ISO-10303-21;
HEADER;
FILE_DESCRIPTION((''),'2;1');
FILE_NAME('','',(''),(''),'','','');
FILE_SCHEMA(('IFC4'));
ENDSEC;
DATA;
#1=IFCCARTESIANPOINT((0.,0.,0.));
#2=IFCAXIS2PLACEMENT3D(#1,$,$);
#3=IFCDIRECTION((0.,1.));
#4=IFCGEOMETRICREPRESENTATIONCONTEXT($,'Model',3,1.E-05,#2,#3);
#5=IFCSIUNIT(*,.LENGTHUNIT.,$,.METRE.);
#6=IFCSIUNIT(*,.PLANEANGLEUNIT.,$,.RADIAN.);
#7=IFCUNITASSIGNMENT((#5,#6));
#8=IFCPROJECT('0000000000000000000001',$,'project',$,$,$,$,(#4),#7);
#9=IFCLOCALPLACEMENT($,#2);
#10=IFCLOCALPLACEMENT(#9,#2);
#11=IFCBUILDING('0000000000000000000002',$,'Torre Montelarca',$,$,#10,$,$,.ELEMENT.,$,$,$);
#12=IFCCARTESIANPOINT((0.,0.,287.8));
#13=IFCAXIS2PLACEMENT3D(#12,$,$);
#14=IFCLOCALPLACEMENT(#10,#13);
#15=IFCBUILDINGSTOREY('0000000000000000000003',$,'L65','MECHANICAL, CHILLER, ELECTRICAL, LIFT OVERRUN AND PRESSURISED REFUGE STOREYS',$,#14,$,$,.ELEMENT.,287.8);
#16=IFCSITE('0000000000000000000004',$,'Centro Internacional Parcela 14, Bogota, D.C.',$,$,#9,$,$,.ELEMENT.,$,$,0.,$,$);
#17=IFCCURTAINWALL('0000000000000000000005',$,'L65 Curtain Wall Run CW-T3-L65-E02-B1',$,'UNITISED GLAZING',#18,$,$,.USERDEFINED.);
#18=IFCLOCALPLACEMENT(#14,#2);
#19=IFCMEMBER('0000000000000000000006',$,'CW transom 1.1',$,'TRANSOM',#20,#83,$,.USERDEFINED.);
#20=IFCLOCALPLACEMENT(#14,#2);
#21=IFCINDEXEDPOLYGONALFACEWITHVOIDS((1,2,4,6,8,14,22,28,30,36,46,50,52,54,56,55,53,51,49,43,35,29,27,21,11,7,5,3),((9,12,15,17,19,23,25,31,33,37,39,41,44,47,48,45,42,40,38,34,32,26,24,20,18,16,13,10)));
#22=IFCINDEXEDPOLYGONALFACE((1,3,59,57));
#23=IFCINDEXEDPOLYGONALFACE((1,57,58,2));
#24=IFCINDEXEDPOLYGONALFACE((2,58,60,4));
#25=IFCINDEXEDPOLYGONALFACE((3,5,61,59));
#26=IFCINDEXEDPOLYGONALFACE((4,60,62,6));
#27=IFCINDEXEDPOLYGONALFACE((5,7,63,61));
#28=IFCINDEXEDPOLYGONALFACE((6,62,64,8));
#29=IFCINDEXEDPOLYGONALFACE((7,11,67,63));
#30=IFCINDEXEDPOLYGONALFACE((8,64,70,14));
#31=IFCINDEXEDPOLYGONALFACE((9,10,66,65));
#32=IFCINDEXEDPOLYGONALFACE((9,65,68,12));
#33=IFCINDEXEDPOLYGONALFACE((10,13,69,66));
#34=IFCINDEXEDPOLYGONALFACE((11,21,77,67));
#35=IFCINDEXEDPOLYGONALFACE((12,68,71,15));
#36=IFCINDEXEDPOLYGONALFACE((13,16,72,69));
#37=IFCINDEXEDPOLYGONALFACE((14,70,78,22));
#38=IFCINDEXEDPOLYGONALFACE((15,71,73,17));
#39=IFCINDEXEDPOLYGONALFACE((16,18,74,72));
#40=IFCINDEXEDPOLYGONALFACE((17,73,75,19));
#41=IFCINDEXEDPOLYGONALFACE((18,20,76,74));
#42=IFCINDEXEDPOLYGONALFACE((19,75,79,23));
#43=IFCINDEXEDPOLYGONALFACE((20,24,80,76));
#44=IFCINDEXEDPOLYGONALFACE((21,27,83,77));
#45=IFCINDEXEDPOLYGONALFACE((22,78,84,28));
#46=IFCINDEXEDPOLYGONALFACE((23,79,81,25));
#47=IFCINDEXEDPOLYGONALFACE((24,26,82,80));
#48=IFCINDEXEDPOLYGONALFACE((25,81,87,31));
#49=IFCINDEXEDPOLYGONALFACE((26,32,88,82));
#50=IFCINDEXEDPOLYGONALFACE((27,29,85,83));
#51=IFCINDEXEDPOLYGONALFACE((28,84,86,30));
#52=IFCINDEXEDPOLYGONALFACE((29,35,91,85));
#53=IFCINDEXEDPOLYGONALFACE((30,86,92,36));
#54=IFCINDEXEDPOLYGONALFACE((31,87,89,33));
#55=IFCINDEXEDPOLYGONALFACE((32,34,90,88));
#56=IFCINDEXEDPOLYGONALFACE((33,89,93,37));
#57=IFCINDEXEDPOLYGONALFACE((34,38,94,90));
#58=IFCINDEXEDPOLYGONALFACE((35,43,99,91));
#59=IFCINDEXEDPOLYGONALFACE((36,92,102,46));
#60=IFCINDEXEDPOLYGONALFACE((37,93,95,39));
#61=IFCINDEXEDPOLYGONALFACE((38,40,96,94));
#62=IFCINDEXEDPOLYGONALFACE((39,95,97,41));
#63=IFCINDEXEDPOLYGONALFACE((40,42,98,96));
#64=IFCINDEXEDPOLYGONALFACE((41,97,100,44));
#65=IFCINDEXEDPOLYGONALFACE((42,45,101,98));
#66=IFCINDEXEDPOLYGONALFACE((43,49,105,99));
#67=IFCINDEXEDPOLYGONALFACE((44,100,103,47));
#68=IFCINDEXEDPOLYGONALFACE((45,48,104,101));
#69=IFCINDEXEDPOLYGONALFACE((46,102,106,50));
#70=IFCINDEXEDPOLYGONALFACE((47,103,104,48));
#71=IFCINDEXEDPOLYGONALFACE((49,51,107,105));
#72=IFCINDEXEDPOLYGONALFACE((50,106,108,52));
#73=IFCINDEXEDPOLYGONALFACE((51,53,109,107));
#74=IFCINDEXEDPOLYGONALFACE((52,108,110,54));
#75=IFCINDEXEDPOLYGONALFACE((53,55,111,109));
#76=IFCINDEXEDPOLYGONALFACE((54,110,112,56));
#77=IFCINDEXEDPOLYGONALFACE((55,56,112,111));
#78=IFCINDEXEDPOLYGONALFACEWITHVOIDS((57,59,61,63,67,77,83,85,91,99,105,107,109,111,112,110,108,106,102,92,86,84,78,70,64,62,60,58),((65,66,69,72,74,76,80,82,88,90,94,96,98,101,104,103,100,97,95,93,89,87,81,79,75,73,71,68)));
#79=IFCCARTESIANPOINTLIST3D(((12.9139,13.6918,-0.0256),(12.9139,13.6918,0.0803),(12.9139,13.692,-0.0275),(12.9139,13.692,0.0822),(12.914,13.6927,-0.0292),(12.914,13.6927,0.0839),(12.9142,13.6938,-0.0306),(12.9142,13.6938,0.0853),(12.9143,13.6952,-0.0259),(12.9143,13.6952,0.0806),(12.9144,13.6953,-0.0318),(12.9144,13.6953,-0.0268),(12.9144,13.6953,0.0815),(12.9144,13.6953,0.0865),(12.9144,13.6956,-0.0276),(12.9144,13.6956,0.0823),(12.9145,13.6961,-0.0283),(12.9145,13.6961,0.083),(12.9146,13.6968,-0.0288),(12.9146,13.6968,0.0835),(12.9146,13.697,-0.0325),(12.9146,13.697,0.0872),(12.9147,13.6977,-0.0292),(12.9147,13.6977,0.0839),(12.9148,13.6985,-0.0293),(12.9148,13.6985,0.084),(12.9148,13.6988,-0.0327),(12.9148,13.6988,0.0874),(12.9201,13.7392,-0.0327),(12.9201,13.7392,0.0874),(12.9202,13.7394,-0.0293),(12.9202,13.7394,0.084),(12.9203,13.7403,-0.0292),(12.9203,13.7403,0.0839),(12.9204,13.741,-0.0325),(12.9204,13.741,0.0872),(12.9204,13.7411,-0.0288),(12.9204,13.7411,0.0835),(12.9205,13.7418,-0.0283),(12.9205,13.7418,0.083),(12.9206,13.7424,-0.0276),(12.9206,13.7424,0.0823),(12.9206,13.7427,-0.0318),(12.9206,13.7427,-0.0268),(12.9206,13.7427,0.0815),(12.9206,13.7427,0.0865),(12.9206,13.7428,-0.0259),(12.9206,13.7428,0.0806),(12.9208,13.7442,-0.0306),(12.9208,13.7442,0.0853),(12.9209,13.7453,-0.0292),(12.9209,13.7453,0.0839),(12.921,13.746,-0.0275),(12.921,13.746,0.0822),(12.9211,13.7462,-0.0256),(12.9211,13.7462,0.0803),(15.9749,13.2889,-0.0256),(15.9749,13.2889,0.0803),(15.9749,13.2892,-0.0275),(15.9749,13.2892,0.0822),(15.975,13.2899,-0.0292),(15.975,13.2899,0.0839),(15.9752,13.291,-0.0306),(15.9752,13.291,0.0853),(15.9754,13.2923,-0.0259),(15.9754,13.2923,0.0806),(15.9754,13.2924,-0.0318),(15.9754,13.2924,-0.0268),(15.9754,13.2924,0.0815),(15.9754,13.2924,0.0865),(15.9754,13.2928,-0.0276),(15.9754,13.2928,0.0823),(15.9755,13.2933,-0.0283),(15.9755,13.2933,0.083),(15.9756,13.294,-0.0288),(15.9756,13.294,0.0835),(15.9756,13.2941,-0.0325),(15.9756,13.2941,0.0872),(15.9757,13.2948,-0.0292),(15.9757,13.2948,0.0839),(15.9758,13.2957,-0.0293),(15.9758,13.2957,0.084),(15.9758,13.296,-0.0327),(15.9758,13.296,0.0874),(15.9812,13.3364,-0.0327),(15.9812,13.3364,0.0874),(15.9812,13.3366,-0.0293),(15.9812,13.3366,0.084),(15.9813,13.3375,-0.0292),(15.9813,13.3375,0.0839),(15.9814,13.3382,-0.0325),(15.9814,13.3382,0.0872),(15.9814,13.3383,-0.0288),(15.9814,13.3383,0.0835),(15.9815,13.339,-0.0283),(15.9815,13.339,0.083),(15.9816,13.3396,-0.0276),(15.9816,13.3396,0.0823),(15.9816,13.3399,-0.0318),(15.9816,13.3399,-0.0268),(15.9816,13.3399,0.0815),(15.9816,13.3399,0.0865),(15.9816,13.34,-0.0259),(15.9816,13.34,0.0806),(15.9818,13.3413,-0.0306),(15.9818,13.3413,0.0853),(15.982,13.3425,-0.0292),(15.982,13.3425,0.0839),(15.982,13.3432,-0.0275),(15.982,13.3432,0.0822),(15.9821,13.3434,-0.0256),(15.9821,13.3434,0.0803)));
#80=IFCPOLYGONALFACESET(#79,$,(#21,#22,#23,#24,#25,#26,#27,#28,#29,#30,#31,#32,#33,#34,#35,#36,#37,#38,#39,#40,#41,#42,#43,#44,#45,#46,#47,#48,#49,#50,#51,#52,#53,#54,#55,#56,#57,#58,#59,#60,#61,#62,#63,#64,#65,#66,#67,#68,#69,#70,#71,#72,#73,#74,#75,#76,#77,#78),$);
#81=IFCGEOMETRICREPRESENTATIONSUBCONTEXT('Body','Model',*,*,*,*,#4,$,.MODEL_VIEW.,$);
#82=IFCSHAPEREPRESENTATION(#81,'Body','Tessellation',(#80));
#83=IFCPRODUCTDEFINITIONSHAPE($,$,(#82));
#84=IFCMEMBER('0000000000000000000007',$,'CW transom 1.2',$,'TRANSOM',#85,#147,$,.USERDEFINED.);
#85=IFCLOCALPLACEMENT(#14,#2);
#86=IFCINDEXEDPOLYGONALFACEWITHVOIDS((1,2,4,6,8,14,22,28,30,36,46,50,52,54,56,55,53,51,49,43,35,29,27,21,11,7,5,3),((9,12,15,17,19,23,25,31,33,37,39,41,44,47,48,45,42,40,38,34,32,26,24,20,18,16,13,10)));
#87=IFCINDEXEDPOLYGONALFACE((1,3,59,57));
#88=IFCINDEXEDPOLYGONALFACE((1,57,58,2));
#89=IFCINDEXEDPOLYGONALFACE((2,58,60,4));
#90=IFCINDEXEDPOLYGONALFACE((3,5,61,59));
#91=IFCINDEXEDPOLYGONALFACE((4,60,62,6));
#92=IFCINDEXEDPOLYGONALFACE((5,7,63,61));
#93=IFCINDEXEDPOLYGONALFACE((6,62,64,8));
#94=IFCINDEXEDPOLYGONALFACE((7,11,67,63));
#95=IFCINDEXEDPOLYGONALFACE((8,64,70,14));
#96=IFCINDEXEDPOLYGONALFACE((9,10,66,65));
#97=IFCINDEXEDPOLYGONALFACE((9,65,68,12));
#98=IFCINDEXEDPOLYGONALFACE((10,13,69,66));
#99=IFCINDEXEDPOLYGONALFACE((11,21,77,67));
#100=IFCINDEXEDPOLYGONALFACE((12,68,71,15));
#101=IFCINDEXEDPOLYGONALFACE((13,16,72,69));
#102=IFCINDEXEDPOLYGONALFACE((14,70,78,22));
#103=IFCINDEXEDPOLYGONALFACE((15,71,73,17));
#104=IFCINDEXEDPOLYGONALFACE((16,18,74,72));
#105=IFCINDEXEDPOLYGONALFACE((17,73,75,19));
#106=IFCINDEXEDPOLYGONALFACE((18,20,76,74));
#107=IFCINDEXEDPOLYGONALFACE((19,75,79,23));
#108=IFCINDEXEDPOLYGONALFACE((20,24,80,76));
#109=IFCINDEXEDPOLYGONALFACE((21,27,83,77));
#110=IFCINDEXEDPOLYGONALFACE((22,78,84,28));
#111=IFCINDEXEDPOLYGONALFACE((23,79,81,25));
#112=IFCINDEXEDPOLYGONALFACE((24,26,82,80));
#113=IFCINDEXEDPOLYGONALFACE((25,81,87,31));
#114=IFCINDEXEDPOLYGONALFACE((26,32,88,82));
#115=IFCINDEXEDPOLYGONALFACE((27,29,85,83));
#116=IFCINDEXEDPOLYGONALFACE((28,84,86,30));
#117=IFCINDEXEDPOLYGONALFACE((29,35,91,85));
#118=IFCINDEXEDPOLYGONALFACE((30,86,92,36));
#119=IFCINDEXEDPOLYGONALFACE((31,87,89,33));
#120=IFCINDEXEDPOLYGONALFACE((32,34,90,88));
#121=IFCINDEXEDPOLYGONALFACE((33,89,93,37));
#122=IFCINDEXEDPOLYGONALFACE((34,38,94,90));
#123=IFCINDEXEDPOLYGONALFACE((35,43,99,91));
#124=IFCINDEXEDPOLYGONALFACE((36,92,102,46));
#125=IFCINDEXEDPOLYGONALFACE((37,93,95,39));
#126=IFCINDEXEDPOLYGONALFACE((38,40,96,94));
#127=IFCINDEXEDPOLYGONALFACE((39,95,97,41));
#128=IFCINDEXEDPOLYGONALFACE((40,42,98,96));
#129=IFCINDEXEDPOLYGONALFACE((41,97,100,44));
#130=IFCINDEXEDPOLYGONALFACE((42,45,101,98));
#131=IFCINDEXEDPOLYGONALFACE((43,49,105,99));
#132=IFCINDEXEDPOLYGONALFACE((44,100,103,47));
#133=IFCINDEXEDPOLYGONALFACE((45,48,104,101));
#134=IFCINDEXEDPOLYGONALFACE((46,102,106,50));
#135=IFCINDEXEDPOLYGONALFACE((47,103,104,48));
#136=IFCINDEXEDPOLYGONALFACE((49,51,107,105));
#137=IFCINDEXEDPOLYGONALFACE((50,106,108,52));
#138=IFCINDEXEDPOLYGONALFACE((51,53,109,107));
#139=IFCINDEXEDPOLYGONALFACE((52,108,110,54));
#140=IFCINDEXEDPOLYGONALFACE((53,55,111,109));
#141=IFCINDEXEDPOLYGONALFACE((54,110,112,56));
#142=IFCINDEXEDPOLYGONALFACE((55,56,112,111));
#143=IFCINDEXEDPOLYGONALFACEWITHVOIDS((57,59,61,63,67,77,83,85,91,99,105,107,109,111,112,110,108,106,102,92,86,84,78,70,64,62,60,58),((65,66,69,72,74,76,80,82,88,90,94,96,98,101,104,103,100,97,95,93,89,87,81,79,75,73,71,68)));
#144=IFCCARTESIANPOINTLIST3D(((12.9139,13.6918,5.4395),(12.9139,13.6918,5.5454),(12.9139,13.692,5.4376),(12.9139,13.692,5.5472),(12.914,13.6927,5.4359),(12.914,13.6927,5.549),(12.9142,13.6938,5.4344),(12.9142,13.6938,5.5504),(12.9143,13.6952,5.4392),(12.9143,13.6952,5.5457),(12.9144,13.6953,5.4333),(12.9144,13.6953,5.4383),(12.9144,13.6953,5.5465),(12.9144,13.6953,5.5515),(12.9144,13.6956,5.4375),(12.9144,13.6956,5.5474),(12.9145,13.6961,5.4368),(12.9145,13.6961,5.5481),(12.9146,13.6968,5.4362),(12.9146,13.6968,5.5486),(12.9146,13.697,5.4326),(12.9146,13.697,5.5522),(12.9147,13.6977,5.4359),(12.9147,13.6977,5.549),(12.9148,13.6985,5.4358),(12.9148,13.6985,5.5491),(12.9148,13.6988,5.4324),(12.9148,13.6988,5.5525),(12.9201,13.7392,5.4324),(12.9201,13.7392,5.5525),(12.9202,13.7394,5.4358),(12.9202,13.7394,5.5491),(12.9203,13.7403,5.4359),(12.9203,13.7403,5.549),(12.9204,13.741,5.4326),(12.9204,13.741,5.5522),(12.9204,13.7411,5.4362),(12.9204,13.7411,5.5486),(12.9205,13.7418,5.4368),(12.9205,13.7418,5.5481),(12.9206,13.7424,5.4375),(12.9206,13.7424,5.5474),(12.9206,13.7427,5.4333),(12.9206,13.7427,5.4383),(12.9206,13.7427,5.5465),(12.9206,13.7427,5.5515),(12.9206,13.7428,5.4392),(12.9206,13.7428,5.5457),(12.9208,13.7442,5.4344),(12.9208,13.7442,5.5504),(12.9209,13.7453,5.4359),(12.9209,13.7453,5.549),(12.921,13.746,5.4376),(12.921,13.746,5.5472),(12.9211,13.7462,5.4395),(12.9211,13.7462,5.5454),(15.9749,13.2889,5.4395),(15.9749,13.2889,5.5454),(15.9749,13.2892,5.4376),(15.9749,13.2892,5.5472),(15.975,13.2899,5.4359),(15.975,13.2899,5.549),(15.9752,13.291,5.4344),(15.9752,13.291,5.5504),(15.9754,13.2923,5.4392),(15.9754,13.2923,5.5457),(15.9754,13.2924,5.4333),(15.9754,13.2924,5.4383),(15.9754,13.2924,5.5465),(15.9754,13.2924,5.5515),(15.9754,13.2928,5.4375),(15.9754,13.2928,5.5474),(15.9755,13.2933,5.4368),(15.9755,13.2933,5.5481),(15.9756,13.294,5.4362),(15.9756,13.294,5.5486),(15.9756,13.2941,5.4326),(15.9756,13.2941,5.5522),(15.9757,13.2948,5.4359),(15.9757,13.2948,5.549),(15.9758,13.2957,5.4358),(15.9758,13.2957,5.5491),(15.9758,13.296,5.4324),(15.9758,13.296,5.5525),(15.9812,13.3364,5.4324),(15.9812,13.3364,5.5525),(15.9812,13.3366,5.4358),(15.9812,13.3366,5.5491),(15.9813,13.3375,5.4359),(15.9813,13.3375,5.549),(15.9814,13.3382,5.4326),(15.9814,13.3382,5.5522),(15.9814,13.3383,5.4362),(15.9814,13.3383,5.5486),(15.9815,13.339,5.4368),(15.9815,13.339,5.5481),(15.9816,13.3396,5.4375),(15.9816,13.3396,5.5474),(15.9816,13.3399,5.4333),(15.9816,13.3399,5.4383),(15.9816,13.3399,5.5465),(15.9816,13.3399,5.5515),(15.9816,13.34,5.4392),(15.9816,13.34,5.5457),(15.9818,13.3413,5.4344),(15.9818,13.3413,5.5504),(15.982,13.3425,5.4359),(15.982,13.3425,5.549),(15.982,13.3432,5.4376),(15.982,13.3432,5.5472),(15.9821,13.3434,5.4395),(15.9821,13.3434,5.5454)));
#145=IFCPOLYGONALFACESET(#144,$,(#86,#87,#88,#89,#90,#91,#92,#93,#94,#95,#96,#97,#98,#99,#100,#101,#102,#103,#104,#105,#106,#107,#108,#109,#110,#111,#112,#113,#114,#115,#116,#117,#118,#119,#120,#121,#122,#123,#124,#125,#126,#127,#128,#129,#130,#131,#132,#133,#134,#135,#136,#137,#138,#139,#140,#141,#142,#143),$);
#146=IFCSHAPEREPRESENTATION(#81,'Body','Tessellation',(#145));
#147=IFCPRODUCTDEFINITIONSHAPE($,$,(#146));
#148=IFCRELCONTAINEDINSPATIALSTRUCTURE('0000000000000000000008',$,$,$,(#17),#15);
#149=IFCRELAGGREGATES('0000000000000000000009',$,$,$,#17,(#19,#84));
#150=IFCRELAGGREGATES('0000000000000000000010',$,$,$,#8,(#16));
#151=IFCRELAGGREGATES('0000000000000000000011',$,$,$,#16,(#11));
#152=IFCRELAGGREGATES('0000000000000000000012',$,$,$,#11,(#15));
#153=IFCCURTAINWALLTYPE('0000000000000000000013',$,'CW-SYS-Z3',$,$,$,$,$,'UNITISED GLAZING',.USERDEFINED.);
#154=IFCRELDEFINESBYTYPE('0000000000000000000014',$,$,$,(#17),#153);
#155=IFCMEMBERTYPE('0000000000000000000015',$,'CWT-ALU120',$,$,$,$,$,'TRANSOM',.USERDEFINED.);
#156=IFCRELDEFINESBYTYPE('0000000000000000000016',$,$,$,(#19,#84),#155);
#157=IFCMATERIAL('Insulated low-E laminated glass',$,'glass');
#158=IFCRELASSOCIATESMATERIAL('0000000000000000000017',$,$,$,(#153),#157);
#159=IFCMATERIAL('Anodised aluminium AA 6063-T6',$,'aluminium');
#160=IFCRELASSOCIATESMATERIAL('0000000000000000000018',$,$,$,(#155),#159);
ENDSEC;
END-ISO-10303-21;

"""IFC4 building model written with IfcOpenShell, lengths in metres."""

from ifc_helpers import new_model, si_unit, direction, frame, origin, origin_2d, place, context, subcontext, project, spatial, hollow_rectangle, extrude, source, transform, mapped, material, material_profile, profile_set, type_object, element, aggregate, save


model = new_model("IFC4")

# Units and contexts
model_context = context("Model", 3, precision=1e-05, world=origin(), true_north=direction((0.0, 1.0)))
body_context = subcontext(model_context, "Body", "Model", "MODEL_VIEW")
ifc_project = project(units=[si_unit("LENGTHUNIT", "METRE"), si_unit("PLANEANGLEUNIT", "RADIAN")], contexts=[model_context])

# Site, building, storey
site_placement = place(None, origin())
site = spatial("IfcSite", under=ifc_project, at=site_placement, Name="Centro Internacional Parcela 14, Bogota, D.C.", CompositionType="ELEMENT", RefElevation=0.0)
building_placement = place(site_placement, origin())
building = spatial("IfcBuilding", under=site, at=building_placement, Name="Torre Montelarca", CompositionType="ELEMENT")
storey_placement = place(building_placement, frame((0.0, 0.0, 287.8)))
storey = spatial("IfcBuildingStorey", under=building, at=storey_placement, Name="L65", Description="MECHANICAL, CHILLER, ELECTRICAL, LIFT OVERRUN AND PRESSURISED REFUGE STOREYS", CompositionType="ELEMENT", Elevation=287.8)

# Curtain wall, members
ifc_material_1 = material(Name="Insulated low-E laminated glass", Category="glass")
curtain_wall_type = type_object("IfcCurtainWallType", Name="CW-SYS-Z3", ElementType="UNITISED GLAZING", PredefinedType="USERDEFINED", material=ifc_material_1)
curtain_wall_1_placement = place(storey_placement, origin())
curtain_wall_1 = element("IfcCurtainWall", 1, at=curtain_wall_1_placement, inside=storey, type_object=curtain_wall_type, Name="L65 Curtain Wall Run CW-T3-L65-E02-B1", ObjectType="UNITISED GLAZING", PredefinedType="USERDEFINED")
ifc_material_2 = material(Name="Anodised aluminium AA 6063-T6", Category="aluminium")
ifc_material_profile_1 = material_profile(ifc_material_2, hollow_rectangle(XDim=0.0549, YDim=0.1201, WallThickness=0.0034, InnerFilletRadius=0.0034, OuterFilletRadius=0.0071, at=origin_2d()), Name="ALU55X120X3.5", Category="aluminium")
ifc_profile_set_1 = profile_set([ifc_material_profile_1], Name="Anodised aluminium AA 6063-T6")
member_type_1 = type_object("IfcMemberType", Name="CWT-ALU120", ElementType="TRANSOM", PredefinedType="USERDEFINED", material=ifc_profile_set_1)
shared_shape_1 = source(origin(), body_context, "Body", "SweptSolid", [
    extrude(hollow_rectangle(XDim=0.0549, YDim=0.1201, WallThickness=0.0034, InnerFilletRadius=0.0034, OuterFilletRadius=0.0071, at=origin_2d()), origin(), (0.0, 0.0, 1.0), 3.0874),
])
member_1_placement = place(storey_placement, frame((12.9175, 13.719, 0.0273), z_axis=(0.991452, -0.130475, 0.0), x_axis=(0.130475, 0.991452, 0.0)))
member_1 = element("IfcMember", 2, at=member_1_placement, type_object=member_type_1, Name="CW transom 1.1", ObjectType="TRANSOM", PredefinedType="USERDEFINED", context=body_context, shape_type="MappedRepresentation", body=[
    mapped(shared_shape_1, transform((0.0, 0.0, 0.0), scale=1.0)),
])
member_2_placement = place(storey_placement, frame((12.9175, 13.719, 5.4924), z_axis=(0.991452, -0.130475, 0.0), x_axis=(0.130475, 0.991452, 0.0)))
member_2 = element("IfcMember", 3, at=member_2_placement, type_object=member_type_1, Name="CW transom 1.2", ObjectType="TRANSOM", PredefinedType="USERDEFINED", context=body_context, shape_type="MappedRepresentation", body=[
    mapped(shared_shape_1, transform((0.0, 0.0, 0.0), scale=1.0)),
])

aggregate(curtain_wall_1, [member_1, member_2])

save(model, "model.ifc")
